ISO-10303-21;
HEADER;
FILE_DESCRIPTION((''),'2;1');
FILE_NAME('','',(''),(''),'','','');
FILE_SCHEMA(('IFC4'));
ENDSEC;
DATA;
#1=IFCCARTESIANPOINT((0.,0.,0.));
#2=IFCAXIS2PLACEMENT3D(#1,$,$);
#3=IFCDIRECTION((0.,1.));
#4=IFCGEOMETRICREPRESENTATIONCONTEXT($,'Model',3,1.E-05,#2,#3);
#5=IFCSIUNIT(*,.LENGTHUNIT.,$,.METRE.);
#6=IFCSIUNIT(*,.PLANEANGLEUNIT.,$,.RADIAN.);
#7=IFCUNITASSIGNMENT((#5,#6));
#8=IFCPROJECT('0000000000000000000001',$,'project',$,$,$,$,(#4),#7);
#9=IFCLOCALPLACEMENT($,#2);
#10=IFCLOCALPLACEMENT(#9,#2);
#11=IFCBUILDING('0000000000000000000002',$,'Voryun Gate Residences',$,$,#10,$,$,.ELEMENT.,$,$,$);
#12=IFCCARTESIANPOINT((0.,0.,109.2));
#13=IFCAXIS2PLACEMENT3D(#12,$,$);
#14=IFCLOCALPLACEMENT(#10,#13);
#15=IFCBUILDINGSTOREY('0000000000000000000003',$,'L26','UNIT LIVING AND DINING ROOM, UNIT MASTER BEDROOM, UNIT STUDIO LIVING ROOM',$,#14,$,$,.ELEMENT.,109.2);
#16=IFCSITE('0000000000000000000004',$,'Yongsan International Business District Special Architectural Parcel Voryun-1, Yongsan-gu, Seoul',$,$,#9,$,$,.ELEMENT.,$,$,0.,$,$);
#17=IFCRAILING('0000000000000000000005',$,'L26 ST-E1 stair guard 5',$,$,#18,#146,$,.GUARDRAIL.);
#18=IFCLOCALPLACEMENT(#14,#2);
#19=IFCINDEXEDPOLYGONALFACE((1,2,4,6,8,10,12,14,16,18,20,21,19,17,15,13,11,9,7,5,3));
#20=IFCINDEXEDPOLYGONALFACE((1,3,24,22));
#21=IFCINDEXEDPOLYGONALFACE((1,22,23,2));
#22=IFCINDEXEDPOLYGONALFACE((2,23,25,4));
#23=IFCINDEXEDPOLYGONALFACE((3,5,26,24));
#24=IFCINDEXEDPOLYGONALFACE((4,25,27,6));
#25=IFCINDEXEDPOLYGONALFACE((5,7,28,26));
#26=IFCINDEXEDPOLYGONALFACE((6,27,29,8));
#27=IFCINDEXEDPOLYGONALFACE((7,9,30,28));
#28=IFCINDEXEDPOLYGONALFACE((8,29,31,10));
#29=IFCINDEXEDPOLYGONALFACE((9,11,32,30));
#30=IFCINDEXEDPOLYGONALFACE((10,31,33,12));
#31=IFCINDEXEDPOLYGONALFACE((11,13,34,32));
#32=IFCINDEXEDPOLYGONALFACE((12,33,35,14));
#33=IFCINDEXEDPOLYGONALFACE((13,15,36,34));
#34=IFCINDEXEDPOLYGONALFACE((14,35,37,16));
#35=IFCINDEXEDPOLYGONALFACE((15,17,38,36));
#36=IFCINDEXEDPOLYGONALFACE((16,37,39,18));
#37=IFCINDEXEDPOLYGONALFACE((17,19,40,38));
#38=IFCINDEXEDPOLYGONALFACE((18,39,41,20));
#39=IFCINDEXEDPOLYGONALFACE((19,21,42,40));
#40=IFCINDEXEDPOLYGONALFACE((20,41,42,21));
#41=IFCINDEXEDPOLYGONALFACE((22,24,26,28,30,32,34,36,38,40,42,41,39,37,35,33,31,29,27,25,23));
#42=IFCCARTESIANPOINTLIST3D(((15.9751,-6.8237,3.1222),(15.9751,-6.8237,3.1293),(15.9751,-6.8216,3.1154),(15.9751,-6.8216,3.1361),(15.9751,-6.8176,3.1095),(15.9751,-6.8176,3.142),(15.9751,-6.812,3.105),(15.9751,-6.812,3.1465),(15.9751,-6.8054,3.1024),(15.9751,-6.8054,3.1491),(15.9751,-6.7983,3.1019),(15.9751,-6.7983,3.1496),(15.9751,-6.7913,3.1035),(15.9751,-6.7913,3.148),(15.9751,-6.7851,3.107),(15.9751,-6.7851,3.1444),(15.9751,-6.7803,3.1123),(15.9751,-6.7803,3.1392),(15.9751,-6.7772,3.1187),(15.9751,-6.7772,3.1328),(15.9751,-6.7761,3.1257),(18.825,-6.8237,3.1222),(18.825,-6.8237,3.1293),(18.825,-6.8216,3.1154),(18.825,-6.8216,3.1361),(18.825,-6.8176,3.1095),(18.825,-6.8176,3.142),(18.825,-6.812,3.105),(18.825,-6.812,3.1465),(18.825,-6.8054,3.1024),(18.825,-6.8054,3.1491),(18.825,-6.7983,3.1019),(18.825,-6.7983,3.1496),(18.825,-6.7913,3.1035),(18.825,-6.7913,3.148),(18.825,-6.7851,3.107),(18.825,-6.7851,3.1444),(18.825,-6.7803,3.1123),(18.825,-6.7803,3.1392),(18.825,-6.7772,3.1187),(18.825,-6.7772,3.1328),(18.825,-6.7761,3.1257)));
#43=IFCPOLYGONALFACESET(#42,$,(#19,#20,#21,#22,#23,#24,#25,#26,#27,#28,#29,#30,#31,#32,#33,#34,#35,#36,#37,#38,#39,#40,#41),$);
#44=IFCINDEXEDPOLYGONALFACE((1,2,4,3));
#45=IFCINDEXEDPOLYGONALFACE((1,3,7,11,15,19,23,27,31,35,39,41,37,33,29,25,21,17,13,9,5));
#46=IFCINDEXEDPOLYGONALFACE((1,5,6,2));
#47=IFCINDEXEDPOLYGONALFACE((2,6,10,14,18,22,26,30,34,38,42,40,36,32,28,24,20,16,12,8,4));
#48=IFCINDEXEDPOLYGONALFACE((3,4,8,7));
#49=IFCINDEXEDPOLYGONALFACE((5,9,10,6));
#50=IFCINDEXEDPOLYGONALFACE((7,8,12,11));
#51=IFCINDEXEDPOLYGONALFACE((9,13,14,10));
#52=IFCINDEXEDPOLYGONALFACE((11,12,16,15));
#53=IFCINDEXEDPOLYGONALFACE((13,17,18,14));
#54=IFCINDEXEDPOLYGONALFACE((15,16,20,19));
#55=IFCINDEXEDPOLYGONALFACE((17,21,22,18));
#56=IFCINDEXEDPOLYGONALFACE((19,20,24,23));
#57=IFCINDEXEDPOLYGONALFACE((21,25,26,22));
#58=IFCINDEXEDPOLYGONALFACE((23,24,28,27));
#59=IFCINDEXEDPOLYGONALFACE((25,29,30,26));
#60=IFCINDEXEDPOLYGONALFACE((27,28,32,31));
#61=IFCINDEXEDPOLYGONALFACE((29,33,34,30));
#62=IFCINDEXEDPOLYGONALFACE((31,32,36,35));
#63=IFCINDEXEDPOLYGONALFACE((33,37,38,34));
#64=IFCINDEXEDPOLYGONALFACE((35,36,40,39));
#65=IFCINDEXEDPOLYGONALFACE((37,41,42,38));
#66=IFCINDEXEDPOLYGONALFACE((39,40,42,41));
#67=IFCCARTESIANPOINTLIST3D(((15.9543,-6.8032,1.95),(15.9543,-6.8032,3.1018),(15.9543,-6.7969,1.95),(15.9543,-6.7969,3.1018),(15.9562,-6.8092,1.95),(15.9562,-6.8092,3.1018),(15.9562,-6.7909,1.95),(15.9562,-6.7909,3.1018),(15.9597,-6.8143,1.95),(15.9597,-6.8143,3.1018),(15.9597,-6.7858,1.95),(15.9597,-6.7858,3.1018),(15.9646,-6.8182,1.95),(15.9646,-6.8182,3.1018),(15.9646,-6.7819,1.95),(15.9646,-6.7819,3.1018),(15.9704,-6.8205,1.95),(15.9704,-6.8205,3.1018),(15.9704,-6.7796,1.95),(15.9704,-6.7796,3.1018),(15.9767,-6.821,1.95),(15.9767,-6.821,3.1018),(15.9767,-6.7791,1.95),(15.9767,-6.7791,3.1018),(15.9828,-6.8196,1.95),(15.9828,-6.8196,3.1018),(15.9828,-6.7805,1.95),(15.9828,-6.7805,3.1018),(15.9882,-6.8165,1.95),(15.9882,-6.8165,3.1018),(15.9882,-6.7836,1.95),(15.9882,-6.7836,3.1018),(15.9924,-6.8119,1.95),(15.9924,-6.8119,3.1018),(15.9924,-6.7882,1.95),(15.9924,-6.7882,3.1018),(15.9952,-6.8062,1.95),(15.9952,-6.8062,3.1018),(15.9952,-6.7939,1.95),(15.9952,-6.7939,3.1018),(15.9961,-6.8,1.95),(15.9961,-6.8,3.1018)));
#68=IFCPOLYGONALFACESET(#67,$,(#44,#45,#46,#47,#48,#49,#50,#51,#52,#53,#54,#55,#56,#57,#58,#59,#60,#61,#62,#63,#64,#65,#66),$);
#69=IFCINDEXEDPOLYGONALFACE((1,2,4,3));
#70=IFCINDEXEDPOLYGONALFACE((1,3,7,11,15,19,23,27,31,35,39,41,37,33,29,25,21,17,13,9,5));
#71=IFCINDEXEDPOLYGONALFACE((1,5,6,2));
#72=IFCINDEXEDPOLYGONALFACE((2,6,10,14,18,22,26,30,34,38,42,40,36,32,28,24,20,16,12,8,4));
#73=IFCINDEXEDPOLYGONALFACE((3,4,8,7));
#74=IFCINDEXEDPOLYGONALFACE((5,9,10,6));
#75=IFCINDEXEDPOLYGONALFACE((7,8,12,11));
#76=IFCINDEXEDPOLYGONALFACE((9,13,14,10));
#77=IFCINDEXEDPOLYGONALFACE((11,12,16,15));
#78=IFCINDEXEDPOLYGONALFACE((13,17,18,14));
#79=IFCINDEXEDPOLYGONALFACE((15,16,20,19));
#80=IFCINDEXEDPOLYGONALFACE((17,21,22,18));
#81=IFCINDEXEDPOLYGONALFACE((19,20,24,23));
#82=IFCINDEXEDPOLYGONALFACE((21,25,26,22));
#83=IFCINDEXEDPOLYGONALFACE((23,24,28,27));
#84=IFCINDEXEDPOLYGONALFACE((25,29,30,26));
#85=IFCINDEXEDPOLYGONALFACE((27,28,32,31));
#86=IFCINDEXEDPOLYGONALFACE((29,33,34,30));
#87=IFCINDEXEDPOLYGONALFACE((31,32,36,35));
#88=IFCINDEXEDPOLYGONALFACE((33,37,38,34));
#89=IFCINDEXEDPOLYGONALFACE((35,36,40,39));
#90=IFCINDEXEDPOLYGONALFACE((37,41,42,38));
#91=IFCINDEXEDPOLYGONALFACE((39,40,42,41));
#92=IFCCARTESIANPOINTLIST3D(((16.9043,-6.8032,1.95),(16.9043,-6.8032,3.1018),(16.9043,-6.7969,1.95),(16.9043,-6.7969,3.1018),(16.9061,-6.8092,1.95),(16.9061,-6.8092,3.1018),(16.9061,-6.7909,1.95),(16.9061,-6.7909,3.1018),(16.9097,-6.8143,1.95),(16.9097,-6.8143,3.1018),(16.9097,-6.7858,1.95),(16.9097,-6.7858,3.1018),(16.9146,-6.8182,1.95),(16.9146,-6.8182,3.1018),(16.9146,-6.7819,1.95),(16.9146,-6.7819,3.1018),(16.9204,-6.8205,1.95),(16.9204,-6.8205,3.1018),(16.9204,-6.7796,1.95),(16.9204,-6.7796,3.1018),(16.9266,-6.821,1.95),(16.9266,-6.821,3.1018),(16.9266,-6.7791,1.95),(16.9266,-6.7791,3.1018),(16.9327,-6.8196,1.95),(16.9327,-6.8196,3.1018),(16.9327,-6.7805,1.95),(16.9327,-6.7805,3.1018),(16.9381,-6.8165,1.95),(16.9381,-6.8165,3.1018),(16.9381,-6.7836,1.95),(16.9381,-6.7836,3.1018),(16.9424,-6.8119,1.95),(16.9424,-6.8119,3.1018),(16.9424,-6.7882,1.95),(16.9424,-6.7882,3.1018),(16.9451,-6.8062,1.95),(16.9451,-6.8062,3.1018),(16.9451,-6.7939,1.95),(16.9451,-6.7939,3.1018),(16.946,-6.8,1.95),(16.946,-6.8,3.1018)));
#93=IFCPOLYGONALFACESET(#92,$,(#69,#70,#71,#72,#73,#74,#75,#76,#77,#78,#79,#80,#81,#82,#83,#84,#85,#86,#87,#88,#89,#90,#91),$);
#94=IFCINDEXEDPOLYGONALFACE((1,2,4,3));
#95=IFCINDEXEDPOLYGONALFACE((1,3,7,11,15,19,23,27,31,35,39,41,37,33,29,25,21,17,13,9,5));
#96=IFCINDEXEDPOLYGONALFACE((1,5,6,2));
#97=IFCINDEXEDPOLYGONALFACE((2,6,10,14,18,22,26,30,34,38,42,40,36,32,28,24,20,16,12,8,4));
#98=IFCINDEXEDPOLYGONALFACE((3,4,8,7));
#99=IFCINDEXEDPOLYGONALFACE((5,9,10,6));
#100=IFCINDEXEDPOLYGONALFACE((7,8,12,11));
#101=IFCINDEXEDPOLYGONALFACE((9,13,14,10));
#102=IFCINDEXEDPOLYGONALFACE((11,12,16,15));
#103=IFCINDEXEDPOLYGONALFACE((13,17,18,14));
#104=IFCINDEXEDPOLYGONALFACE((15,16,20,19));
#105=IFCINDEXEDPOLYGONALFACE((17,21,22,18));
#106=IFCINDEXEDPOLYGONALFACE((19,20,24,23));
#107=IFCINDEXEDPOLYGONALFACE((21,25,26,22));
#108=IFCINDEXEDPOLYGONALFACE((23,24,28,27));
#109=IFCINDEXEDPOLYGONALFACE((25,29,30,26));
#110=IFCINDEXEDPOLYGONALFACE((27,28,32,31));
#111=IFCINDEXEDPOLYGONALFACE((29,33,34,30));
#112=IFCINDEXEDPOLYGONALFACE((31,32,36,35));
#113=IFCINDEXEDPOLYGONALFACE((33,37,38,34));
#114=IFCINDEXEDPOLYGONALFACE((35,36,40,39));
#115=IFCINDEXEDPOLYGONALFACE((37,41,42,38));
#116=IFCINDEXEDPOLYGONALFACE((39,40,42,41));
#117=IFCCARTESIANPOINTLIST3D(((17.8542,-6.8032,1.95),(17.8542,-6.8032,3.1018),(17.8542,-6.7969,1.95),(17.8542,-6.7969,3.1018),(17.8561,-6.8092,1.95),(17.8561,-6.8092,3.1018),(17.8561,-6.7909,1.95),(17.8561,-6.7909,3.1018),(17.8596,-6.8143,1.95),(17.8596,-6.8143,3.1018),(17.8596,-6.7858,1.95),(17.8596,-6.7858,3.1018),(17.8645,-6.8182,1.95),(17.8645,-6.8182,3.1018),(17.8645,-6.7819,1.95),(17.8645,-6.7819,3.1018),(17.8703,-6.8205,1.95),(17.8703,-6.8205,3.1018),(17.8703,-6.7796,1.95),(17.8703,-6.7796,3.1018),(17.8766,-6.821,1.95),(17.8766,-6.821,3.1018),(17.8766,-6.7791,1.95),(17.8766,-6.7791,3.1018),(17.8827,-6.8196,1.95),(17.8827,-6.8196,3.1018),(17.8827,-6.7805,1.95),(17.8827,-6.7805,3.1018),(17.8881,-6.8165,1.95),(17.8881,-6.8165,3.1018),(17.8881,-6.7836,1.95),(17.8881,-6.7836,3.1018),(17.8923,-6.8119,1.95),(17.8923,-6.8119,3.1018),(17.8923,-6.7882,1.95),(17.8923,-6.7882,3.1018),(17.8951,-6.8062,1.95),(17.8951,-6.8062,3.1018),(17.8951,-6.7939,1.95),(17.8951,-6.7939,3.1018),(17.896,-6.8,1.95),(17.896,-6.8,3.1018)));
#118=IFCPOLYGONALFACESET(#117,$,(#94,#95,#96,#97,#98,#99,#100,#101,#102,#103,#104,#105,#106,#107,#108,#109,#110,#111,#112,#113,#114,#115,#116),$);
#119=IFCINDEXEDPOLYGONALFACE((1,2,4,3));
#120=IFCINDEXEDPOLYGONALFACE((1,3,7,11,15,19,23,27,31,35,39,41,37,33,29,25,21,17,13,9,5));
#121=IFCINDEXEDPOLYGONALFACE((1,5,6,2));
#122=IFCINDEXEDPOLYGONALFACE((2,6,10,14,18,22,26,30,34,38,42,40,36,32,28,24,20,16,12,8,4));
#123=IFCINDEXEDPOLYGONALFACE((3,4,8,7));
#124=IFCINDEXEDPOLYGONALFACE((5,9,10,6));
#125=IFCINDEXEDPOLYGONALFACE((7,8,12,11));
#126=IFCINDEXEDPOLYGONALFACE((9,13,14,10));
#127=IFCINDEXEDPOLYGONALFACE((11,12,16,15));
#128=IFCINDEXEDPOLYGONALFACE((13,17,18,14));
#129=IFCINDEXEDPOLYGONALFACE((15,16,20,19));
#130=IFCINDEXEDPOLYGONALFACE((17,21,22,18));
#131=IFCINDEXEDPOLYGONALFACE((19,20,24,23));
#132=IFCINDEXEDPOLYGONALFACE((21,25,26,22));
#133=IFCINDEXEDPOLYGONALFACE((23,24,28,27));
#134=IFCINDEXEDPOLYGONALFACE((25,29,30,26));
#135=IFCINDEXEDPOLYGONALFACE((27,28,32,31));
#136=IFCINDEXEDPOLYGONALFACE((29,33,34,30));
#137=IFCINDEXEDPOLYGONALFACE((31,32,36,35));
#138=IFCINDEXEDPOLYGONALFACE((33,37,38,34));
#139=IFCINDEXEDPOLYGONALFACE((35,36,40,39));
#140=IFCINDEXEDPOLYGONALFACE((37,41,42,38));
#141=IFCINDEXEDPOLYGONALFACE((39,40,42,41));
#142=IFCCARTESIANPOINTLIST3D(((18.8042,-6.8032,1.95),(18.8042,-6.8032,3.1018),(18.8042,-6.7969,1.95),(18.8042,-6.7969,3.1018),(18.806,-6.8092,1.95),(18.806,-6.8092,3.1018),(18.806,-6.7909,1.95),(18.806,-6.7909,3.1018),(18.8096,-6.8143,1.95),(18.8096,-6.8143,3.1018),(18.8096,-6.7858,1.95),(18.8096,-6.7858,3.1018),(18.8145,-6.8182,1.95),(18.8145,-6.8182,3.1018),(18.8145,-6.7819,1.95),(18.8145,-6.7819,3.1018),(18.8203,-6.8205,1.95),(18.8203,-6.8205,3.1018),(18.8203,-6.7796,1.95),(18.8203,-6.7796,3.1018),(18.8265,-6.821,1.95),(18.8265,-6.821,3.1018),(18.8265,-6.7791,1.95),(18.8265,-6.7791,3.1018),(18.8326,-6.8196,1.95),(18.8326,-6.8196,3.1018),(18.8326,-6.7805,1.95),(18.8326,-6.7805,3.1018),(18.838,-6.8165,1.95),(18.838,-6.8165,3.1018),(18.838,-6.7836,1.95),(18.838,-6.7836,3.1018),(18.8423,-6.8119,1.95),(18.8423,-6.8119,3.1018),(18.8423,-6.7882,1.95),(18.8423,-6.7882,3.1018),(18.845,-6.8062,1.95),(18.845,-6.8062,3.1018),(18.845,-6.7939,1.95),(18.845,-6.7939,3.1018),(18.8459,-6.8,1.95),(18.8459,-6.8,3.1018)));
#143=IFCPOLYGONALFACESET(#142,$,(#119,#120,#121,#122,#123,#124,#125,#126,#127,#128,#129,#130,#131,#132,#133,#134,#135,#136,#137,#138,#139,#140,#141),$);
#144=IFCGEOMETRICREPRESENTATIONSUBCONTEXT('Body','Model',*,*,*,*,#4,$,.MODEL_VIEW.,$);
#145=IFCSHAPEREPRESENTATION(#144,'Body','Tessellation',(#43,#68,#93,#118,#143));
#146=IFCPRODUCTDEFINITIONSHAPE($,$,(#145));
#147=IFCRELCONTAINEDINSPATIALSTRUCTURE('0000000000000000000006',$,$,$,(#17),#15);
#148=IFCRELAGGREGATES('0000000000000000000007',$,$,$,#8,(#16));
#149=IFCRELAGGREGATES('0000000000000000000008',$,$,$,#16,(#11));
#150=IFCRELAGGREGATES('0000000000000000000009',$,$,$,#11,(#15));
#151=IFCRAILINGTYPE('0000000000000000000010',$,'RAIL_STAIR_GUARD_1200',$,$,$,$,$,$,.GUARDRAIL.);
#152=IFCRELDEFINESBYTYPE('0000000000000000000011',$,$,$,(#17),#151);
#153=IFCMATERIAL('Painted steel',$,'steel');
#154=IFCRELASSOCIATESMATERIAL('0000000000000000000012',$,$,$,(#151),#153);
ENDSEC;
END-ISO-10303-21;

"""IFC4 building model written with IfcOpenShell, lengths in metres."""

from ifc_helpers import new_model, si_unit, direction, frame, origin, origin_2d, place, context, subcontext, project, spatial, circle, extrude, material, type_object, element, save


model = new_model("IFC4")

# Units and contexts
model_context = context("Model", 3, precision=1e-05, world=origin(), true_north=direction((0.0, 1.0)))
body_context = subcontext(model_context, "Body", "Model", "MODEL_VIEW")
ifc_project = project(units=[si_unit("LENGTHUNIT", "METRE"), si_unit("PLANEANGLEUNIT", "RADIAN")], contexts=[model_context])

# Site, building, storey
site_placement = place(None, origin())
site = spatial("IfcSite", under=ifc_project, at=site_placement, Name="Yongsan International Business District Special Architectural Parcel Voryun-1, Yongsan-gu, Seoul", CompositionType="ELEMENT", RefElevation=0.0)
building_placement = place(site_placement, origin())
building = spatial("IfcBuilding", under=site, at=building_placement, Name="Voryun Gate Residences", CompositionType="ELEMENT")
storey_placement = place(building_placement, frame((0.0, 0.0, 109.2)))
storey = spatial("IfcBuildingStorey", under=building, at=storey_placement, Name="L26", Description="UNIT LIVING AND DINING ROOM, UNIT MASTER BEDROOM, UNIT STUDIO LIVING ROOM", CompositionType="ELEMENT", Elevation=109.2)

# Railing
ifc_material_1 = material(Name="Painted steel", Category="steel")
railing_type_1 = type_object("IfcRailingType", Name="RAIL_STAIR_GUARD_1200", PredefinedType="GUARDRAIL", material=ifc_material_1)
railing_1_placement = place(storey_placement, frame((15.9751, -6.8, 1.95)))
element("IfcRailing", 1, at=railing_1_placement, inside=storey, type_object=railing_type_1, Name="L26 ST-E1 stair guard 5", PredefinedType="GUARDRAIL", context=body_context, shape_type="SweptSolid", body=[
    extrude(circle(Radius=0.0239, at=origin_2d()), frame((0.0, 0.0, 1.1758), z_axis=(1.0, 0.0, 0.0), x_axis=(0.0, 1.0, 0.0)), (0.0, 0.0, 1.0), 2.8499),
    extrude(circle(Radius=0.021, at=origin_2d()), origin(), (0.0, 0.0, 1.0), 1.1519),
    extrude(circle(Radius=0.021, at=origin_2d()), frame((0.95, 0.0, 0.0)), (0.0, 0.0, 1.0), 1.1519),
    extrude(circle(Radius=0.021, at=origin_2d()), frame((1.8999, 0.0, 0.0)), (0.0, 0.0, 1.0), 1.1519),
    extrude(circle(Radius=0.021, at=origin_2d()), frame((2.8499, 0.0, 0.0)), (0.0, 0.0, 1.0), 1.1519),
])

save(model, "model.ifc")
